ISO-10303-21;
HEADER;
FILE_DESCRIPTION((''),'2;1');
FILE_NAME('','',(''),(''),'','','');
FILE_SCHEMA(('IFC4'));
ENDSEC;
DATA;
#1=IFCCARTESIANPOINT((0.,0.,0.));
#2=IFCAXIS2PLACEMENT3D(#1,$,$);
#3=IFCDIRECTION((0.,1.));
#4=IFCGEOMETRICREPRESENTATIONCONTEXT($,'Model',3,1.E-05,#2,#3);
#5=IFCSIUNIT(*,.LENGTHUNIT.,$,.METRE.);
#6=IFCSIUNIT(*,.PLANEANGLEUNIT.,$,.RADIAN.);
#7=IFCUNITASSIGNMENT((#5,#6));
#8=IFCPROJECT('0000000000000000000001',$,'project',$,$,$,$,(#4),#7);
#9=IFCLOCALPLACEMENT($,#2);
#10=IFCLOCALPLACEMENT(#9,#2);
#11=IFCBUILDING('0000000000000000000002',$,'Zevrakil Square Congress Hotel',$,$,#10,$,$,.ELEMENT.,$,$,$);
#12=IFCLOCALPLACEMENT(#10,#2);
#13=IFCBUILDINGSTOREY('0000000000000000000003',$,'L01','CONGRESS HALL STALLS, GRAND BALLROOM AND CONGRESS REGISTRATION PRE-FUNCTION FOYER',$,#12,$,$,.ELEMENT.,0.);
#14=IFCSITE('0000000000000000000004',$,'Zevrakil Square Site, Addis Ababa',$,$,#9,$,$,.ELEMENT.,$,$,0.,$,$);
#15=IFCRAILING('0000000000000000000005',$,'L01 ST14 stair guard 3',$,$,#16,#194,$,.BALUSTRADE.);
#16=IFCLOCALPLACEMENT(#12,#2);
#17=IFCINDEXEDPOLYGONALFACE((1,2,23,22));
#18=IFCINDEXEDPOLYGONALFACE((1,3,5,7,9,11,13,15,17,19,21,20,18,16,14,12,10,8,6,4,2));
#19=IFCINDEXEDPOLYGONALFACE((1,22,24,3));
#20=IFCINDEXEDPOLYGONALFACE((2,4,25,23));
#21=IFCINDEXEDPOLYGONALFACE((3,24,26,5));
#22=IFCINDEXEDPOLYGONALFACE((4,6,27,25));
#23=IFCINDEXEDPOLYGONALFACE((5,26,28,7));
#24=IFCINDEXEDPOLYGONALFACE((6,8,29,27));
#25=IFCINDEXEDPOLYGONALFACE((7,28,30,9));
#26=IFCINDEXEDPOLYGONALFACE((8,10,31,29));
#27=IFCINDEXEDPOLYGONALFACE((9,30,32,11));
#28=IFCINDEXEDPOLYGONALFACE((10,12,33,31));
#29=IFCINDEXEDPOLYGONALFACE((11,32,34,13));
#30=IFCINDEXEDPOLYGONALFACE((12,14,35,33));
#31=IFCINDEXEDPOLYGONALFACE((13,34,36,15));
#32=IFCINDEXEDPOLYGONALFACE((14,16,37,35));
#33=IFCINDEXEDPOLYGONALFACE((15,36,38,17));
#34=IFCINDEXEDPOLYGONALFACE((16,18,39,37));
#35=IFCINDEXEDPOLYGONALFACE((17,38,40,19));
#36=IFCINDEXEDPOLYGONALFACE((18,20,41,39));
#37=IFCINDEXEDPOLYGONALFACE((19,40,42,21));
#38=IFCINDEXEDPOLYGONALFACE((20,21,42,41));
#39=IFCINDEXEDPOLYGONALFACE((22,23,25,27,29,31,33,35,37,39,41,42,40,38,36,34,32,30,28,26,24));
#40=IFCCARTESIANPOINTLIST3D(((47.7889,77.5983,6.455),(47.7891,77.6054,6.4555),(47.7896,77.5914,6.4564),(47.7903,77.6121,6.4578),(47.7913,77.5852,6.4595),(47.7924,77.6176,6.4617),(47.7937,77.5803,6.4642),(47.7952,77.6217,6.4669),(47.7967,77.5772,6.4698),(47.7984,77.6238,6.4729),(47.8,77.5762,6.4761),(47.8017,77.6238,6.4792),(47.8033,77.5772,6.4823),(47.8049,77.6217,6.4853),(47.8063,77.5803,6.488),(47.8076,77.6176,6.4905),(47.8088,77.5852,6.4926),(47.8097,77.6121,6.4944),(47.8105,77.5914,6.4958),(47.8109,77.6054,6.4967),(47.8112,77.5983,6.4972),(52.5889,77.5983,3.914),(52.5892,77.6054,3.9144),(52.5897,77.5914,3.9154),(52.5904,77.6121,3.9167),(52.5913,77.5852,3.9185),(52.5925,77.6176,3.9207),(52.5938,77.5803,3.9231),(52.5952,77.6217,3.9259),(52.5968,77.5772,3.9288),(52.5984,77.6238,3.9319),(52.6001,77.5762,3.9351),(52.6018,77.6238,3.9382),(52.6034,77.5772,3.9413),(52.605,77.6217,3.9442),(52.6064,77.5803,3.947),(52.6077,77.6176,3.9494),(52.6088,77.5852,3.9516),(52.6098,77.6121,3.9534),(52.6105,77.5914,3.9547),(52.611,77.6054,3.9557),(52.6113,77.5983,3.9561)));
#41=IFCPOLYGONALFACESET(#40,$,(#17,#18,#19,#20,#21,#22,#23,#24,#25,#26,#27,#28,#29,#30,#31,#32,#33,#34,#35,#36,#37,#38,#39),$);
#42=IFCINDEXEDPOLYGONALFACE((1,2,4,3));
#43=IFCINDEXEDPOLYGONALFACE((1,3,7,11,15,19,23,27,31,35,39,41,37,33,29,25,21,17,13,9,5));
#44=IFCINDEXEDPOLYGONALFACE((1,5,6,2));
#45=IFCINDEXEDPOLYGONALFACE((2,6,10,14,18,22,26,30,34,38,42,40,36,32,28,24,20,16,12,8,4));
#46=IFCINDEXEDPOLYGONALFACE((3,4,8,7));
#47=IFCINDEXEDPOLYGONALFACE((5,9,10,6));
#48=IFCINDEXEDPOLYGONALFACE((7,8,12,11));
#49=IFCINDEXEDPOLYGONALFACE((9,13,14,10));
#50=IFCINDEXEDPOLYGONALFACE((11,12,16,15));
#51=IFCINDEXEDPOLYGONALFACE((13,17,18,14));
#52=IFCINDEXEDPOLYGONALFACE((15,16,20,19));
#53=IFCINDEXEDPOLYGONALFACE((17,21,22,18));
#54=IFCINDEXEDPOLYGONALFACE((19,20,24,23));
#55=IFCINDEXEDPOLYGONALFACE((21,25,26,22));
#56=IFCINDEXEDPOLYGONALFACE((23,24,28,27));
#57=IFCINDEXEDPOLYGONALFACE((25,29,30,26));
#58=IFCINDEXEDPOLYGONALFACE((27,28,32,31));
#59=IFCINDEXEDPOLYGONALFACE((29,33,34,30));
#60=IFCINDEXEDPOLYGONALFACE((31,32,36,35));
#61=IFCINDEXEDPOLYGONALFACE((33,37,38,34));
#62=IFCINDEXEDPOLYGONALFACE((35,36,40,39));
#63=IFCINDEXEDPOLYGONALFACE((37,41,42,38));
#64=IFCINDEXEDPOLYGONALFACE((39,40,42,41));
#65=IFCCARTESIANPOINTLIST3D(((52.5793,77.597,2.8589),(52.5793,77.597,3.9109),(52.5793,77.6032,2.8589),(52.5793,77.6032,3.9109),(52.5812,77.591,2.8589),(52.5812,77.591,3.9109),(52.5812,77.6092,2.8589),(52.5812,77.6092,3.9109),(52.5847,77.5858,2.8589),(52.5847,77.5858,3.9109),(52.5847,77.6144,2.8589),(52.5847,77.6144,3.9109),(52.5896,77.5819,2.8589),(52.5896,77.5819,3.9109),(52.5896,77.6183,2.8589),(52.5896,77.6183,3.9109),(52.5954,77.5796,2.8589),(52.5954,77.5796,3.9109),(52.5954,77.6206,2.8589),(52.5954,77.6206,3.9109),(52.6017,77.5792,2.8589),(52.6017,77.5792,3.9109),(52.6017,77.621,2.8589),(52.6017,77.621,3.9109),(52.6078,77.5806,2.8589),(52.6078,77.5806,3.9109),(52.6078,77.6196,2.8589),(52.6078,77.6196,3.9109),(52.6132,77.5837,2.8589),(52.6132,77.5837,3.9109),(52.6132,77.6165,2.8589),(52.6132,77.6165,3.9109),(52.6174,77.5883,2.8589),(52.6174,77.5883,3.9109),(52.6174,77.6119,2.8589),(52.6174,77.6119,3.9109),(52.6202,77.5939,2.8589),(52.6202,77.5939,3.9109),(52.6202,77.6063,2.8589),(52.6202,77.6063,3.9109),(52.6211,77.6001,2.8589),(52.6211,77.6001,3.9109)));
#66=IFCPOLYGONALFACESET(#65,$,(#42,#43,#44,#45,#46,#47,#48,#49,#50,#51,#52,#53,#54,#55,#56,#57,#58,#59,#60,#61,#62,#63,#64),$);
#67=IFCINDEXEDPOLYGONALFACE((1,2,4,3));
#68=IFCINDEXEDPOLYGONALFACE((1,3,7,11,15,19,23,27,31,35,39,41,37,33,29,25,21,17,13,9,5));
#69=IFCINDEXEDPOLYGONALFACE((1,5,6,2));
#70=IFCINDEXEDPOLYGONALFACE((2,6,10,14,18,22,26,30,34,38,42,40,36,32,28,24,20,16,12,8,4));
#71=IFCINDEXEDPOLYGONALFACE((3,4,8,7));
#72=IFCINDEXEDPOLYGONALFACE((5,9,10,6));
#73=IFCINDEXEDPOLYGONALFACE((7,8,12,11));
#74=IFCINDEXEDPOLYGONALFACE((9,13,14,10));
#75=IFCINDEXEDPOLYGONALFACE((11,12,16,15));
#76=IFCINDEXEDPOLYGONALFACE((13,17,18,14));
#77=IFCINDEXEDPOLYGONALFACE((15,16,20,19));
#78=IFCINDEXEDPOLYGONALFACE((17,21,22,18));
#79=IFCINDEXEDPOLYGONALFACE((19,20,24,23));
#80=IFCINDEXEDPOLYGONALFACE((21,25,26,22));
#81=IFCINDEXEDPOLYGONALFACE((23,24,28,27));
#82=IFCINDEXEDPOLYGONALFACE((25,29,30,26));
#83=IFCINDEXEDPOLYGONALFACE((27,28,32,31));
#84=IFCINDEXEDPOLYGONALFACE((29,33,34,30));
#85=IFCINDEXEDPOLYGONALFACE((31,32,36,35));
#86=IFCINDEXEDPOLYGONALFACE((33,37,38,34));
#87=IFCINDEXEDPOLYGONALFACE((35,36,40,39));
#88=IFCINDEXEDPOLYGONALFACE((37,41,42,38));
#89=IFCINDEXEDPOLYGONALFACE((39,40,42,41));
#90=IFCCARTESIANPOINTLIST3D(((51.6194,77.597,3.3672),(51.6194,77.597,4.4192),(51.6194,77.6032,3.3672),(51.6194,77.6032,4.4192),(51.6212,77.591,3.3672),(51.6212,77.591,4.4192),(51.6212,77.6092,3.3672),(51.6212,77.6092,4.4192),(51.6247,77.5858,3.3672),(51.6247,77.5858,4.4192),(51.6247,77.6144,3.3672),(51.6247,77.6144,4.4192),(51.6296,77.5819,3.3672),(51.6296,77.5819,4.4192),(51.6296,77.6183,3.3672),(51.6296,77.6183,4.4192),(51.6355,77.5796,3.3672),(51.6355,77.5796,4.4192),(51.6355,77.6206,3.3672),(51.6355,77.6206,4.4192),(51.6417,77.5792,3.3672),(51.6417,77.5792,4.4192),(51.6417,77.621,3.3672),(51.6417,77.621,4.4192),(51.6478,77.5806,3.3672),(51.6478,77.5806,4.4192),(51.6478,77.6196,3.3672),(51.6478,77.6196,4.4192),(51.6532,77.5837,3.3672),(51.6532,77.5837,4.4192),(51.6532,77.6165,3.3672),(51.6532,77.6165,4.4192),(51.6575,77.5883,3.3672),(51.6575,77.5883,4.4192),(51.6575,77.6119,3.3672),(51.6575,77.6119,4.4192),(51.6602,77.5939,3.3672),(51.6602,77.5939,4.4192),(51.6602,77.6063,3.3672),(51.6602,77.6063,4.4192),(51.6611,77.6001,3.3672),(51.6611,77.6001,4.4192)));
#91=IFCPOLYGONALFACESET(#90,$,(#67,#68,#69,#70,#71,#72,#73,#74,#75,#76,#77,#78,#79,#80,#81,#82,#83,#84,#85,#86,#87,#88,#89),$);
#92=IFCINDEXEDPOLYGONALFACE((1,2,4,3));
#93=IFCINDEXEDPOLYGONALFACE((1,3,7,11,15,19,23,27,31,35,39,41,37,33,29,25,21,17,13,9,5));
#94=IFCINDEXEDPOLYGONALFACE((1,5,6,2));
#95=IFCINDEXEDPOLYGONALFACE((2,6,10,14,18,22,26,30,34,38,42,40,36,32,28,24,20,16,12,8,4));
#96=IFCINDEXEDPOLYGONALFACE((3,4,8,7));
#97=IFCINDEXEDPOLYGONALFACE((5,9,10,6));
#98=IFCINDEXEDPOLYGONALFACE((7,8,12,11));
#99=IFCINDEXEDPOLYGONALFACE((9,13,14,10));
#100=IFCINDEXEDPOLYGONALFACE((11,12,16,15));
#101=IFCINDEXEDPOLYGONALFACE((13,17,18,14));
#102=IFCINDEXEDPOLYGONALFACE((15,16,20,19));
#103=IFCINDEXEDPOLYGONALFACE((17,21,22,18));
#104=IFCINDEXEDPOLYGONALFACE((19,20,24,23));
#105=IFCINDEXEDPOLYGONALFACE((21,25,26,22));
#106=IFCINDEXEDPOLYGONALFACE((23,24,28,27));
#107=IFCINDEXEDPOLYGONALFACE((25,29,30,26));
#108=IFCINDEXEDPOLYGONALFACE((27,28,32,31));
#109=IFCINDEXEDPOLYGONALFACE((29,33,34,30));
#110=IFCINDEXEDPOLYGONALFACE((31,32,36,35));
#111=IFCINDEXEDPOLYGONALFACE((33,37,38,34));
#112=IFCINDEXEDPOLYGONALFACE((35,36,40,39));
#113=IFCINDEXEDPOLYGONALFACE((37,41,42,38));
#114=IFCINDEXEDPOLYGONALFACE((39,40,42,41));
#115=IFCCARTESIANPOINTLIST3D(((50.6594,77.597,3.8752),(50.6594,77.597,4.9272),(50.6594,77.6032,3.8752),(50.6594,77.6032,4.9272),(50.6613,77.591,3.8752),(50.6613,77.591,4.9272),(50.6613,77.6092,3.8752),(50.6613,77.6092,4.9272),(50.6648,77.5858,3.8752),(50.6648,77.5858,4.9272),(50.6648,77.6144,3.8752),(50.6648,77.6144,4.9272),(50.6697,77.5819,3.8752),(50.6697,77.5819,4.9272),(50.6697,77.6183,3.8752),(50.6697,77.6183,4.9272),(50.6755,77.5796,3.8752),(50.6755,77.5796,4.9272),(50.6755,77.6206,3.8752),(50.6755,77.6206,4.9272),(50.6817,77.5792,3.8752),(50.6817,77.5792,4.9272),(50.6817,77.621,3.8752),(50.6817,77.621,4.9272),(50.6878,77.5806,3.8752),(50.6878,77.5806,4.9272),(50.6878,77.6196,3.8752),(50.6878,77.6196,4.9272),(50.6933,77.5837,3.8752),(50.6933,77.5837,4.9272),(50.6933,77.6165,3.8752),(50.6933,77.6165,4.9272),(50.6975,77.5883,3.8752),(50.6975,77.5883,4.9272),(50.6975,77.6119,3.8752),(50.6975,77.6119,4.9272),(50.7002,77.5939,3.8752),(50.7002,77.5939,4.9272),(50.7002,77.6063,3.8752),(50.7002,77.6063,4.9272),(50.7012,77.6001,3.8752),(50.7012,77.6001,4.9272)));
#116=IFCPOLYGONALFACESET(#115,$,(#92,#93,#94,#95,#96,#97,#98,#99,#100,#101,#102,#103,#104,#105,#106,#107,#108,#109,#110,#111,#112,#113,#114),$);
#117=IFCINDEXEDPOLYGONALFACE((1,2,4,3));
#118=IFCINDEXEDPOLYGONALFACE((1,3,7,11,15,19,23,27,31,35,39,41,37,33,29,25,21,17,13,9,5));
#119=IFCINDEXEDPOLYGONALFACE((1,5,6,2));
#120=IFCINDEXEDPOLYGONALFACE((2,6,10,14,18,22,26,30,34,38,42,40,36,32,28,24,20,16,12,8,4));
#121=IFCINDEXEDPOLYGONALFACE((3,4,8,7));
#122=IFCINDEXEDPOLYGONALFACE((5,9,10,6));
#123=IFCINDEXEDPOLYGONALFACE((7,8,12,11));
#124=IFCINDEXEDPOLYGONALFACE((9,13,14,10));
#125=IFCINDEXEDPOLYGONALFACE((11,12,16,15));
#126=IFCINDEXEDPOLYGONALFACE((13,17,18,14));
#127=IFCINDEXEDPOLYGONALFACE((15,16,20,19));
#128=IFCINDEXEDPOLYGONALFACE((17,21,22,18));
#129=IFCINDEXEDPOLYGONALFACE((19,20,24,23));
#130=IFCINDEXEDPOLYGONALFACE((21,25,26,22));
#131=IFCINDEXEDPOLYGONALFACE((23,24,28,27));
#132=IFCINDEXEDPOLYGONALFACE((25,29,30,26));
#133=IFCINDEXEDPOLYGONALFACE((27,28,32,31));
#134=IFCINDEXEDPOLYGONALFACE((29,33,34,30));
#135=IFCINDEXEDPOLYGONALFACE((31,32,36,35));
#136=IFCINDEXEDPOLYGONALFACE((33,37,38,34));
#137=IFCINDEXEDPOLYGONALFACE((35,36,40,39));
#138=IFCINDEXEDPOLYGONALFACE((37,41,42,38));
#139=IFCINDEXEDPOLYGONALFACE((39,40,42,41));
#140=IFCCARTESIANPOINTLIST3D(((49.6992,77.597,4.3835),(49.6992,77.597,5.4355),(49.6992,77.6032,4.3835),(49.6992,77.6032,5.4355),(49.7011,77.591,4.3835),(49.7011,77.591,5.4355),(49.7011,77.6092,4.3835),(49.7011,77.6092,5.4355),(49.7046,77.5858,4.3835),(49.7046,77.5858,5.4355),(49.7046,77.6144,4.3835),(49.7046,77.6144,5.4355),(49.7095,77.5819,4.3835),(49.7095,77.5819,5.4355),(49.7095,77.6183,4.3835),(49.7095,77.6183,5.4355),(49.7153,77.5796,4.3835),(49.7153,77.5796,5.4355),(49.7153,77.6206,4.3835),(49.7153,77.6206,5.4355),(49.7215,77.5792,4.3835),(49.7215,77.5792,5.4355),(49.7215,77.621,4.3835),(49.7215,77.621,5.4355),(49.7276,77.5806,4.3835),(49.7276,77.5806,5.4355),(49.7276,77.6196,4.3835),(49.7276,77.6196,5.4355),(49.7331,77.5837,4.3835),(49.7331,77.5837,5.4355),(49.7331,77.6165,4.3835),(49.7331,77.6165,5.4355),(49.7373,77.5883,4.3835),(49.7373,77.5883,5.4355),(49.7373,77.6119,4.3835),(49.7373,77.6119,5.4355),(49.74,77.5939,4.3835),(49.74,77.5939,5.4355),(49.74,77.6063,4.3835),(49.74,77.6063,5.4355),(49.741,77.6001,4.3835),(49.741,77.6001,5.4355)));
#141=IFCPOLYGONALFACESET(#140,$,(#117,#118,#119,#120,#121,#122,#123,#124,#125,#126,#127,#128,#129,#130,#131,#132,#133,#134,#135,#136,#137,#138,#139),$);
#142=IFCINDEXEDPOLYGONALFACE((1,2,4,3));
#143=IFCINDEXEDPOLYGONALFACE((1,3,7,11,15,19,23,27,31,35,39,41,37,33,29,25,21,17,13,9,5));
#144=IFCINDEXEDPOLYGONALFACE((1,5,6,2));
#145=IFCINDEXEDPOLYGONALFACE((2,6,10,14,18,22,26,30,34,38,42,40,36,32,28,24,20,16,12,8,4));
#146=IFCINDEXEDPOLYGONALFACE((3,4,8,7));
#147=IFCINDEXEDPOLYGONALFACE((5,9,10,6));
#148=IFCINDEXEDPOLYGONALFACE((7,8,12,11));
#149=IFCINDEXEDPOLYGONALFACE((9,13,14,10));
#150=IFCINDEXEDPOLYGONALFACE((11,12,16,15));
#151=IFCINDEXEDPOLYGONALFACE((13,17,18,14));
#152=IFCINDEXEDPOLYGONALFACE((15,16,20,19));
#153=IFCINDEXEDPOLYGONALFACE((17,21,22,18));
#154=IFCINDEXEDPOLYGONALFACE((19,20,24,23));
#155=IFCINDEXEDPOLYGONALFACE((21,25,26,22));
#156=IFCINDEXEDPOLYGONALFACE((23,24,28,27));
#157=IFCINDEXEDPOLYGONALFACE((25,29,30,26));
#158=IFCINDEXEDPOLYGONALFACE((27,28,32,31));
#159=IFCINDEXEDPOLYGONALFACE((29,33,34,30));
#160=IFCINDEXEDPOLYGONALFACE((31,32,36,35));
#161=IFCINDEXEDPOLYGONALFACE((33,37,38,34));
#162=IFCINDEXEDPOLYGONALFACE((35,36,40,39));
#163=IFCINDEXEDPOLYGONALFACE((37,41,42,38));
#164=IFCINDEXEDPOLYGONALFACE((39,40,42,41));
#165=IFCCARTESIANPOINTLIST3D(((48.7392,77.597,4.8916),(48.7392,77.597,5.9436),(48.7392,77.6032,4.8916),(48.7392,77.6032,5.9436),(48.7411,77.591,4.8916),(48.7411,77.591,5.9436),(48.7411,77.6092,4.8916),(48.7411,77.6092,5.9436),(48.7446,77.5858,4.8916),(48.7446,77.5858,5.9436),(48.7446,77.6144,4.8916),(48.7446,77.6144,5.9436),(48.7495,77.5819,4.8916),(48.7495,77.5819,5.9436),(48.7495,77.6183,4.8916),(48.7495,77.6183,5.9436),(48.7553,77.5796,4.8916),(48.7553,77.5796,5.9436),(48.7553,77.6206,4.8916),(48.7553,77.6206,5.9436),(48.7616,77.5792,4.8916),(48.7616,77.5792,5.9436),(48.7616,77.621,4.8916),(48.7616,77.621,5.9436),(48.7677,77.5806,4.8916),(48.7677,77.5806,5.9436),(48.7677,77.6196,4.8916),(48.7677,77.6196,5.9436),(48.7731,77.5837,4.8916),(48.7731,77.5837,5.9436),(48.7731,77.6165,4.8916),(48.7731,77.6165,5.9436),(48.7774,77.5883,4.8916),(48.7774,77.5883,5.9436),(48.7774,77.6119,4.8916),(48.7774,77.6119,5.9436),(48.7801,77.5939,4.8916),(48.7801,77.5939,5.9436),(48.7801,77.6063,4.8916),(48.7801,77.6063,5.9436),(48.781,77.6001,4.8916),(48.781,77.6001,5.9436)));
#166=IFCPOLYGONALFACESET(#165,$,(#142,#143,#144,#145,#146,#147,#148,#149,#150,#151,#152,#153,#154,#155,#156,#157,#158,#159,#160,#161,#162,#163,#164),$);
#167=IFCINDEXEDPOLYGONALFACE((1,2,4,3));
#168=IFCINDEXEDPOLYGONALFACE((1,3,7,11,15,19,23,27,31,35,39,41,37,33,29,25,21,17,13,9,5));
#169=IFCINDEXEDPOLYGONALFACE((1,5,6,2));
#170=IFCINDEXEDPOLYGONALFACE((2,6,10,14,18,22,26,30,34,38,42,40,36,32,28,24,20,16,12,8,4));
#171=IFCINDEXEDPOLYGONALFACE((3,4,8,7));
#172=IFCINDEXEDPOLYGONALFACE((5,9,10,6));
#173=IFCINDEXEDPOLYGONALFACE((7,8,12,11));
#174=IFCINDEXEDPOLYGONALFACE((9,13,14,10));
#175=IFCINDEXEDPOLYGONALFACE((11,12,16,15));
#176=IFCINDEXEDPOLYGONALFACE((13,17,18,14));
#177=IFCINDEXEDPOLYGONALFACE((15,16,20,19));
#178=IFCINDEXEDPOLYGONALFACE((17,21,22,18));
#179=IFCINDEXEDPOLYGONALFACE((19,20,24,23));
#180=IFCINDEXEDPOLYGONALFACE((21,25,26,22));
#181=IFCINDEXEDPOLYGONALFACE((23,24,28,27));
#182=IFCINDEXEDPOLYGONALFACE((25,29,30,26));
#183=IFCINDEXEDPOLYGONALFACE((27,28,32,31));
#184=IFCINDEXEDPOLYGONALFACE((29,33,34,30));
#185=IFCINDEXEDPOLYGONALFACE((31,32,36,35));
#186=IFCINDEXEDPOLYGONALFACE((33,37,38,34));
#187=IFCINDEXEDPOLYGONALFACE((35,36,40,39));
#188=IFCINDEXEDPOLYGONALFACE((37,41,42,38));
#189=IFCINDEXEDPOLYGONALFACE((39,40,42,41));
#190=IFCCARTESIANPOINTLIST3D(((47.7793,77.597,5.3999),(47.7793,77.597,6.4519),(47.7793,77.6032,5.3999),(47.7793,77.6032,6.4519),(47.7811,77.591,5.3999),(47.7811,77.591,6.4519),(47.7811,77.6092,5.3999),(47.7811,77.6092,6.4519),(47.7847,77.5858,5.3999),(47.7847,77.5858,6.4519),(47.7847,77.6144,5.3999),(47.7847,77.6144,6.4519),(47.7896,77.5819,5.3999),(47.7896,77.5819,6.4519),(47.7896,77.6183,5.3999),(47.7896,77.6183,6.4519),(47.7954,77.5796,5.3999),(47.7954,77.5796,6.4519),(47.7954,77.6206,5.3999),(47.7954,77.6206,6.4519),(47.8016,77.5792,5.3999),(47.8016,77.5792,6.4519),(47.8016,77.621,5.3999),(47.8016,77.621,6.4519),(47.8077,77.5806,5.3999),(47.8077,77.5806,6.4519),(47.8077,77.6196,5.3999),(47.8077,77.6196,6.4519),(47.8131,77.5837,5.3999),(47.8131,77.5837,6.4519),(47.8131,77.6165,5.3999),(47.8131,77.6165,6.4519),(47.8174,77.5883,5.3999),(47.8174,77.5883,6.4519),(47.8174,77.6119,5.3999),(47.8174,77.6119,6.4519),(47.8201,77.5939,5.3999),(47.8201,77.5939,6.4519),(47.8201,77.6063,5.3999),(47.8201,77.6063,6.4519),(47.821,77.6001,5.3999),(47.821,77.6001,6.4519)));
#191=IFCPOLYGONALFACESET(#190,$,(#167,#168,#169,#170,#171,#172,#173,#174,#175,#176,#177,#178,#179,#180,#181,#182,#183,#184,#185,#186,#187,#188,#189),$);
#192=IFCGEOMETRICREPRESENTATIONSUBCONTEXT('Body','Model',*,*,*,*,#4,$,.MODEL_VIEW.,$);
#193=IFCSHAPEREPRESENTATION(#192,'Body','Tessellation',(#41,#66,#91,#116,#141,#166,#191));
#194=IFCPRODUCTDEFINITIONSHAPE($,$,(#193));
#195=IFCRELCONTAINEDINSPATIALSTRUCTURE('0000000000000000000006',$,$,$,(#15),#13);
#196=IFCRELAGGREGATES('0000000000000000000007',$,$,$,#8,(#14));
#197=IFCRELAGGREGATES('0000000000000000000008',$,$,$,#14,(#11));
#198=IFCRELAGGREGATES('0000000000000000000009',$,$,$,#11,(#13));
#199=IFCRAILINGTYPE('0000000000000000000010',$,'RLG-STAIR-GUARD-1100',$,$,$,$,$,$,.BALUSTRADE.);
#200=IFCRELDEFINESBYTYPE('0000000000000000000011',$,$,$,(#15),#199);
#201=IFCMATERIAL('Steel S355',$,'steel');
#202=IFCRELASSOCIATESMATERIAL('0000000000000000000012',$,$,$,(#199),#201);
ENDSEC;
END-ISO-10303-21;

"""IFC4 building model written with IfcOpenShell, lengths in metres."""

from ifc_helpers import new_model, si_unit, direction, frame, origin, origin_2d, place, context, subcontext, project, spatial, circle, extrude, material, type_object, element, save


model = new_model("IFC4")

# Units and contexts
model_context = context("Model", 3, precision=1e-05, world=origin(), true_north=direction((0.0, 1.0)))
body_context = subcontext(model_context, "Body", "Model", "MODEL_VIEW")
ifc_project = project(units=[si_unit("LENGTHUNIT", "METRE"), si_unit("PLANEANGLEUNIT", "RADIAN")], contexts=[model_context])

# Site, building, storey
site_placement = place(None, origin())
site = spatial("IfcSite", under=ifc_project, at=site_placement, Name="Zevrakil Square Site, Addis Ababa", CompositionType="ELEMENT", RefElevation=0.0)
building_placement = place(site_placement, origin())
building = spatial("IfcBuilding", under=site, at=building_placement, Name="Zevrakil Square Congress Hotel", CompositionType="ELEMENT")
storey_placement = place(building_placement, origin())
storey = spatial("IfcBuildingStorey", under=building, at=storey_placement, Name="L01", Description="CONGRESS HALL STALLS, GRAND BALLROOM AND CONGRESS REGISTRATION PRE-FUNCTION FOYER", CompositionType="ELEMENT", Elevation=0.0)

# Railing
ifc_material_1 = material(Name="Steel S355", Category="steel")
railing_type_1 = type_object("IfcRailingType", Name="RLG-STAIR-GUARD-1100", PredefinedType="BALUSTRADE", material=ifc_material_1)
railing_1_placement = place(storey_placement, frame((52.6001, 77.6001, 2.8589)))
element("IfcRailing", 1, at=railing_1_placement, inside=storey, type_object=railing_type_1, Name="L01 ST14 stair guard 3", PredefinedType="BALUSTRADE", context=body_context, shape_type="SweptSolid", body=[
    extrude(circle(Radius=0.0239, at=origin_2d()), frame((0.0, 0.0, 1.0762), z_axis=(-0.883802, 0.0, 0.467861), x_axis=(0.0, -1.0, 0.0)), (0.0, 0.0, 1.0), 5.4312),
    extrude(circle(Radius=0.021, at=origin_2d()), origin(), (0.0, 0.0, 1.0), 1.052),
    extrude(circle(Radius=0.021, at=origin_2d()), frame((-0.96, 0.0, 0.5083)), (0.0, 0.0, 1.0), 1.052),
    extrude(circle(Radius=0.021, at=origin_2d()), frame((-1.9199, 0.0, 1.0164)), (0.0, 0.0, 1.0), 1.052),
    extrude(circle(Radius=0.021, at=origin_2d()), frame((-2.8801, 0.0, 1.5247)), (0.0, 0.0, 1.0), 1.052),
    extrude(circle(Radius=0.021, at=origin_2d()), frame((-3.8401, 0.0, 2.0327)), (0.0, 0.0, 1.0), 1.052),
    extrude(circle(Radius=0.021, at=origin_2d()), frame((-4.8, 0.0, 2.541)), (0.0, 0.0, 1.0), 1.052),
])

save(model, "model.ifc")
